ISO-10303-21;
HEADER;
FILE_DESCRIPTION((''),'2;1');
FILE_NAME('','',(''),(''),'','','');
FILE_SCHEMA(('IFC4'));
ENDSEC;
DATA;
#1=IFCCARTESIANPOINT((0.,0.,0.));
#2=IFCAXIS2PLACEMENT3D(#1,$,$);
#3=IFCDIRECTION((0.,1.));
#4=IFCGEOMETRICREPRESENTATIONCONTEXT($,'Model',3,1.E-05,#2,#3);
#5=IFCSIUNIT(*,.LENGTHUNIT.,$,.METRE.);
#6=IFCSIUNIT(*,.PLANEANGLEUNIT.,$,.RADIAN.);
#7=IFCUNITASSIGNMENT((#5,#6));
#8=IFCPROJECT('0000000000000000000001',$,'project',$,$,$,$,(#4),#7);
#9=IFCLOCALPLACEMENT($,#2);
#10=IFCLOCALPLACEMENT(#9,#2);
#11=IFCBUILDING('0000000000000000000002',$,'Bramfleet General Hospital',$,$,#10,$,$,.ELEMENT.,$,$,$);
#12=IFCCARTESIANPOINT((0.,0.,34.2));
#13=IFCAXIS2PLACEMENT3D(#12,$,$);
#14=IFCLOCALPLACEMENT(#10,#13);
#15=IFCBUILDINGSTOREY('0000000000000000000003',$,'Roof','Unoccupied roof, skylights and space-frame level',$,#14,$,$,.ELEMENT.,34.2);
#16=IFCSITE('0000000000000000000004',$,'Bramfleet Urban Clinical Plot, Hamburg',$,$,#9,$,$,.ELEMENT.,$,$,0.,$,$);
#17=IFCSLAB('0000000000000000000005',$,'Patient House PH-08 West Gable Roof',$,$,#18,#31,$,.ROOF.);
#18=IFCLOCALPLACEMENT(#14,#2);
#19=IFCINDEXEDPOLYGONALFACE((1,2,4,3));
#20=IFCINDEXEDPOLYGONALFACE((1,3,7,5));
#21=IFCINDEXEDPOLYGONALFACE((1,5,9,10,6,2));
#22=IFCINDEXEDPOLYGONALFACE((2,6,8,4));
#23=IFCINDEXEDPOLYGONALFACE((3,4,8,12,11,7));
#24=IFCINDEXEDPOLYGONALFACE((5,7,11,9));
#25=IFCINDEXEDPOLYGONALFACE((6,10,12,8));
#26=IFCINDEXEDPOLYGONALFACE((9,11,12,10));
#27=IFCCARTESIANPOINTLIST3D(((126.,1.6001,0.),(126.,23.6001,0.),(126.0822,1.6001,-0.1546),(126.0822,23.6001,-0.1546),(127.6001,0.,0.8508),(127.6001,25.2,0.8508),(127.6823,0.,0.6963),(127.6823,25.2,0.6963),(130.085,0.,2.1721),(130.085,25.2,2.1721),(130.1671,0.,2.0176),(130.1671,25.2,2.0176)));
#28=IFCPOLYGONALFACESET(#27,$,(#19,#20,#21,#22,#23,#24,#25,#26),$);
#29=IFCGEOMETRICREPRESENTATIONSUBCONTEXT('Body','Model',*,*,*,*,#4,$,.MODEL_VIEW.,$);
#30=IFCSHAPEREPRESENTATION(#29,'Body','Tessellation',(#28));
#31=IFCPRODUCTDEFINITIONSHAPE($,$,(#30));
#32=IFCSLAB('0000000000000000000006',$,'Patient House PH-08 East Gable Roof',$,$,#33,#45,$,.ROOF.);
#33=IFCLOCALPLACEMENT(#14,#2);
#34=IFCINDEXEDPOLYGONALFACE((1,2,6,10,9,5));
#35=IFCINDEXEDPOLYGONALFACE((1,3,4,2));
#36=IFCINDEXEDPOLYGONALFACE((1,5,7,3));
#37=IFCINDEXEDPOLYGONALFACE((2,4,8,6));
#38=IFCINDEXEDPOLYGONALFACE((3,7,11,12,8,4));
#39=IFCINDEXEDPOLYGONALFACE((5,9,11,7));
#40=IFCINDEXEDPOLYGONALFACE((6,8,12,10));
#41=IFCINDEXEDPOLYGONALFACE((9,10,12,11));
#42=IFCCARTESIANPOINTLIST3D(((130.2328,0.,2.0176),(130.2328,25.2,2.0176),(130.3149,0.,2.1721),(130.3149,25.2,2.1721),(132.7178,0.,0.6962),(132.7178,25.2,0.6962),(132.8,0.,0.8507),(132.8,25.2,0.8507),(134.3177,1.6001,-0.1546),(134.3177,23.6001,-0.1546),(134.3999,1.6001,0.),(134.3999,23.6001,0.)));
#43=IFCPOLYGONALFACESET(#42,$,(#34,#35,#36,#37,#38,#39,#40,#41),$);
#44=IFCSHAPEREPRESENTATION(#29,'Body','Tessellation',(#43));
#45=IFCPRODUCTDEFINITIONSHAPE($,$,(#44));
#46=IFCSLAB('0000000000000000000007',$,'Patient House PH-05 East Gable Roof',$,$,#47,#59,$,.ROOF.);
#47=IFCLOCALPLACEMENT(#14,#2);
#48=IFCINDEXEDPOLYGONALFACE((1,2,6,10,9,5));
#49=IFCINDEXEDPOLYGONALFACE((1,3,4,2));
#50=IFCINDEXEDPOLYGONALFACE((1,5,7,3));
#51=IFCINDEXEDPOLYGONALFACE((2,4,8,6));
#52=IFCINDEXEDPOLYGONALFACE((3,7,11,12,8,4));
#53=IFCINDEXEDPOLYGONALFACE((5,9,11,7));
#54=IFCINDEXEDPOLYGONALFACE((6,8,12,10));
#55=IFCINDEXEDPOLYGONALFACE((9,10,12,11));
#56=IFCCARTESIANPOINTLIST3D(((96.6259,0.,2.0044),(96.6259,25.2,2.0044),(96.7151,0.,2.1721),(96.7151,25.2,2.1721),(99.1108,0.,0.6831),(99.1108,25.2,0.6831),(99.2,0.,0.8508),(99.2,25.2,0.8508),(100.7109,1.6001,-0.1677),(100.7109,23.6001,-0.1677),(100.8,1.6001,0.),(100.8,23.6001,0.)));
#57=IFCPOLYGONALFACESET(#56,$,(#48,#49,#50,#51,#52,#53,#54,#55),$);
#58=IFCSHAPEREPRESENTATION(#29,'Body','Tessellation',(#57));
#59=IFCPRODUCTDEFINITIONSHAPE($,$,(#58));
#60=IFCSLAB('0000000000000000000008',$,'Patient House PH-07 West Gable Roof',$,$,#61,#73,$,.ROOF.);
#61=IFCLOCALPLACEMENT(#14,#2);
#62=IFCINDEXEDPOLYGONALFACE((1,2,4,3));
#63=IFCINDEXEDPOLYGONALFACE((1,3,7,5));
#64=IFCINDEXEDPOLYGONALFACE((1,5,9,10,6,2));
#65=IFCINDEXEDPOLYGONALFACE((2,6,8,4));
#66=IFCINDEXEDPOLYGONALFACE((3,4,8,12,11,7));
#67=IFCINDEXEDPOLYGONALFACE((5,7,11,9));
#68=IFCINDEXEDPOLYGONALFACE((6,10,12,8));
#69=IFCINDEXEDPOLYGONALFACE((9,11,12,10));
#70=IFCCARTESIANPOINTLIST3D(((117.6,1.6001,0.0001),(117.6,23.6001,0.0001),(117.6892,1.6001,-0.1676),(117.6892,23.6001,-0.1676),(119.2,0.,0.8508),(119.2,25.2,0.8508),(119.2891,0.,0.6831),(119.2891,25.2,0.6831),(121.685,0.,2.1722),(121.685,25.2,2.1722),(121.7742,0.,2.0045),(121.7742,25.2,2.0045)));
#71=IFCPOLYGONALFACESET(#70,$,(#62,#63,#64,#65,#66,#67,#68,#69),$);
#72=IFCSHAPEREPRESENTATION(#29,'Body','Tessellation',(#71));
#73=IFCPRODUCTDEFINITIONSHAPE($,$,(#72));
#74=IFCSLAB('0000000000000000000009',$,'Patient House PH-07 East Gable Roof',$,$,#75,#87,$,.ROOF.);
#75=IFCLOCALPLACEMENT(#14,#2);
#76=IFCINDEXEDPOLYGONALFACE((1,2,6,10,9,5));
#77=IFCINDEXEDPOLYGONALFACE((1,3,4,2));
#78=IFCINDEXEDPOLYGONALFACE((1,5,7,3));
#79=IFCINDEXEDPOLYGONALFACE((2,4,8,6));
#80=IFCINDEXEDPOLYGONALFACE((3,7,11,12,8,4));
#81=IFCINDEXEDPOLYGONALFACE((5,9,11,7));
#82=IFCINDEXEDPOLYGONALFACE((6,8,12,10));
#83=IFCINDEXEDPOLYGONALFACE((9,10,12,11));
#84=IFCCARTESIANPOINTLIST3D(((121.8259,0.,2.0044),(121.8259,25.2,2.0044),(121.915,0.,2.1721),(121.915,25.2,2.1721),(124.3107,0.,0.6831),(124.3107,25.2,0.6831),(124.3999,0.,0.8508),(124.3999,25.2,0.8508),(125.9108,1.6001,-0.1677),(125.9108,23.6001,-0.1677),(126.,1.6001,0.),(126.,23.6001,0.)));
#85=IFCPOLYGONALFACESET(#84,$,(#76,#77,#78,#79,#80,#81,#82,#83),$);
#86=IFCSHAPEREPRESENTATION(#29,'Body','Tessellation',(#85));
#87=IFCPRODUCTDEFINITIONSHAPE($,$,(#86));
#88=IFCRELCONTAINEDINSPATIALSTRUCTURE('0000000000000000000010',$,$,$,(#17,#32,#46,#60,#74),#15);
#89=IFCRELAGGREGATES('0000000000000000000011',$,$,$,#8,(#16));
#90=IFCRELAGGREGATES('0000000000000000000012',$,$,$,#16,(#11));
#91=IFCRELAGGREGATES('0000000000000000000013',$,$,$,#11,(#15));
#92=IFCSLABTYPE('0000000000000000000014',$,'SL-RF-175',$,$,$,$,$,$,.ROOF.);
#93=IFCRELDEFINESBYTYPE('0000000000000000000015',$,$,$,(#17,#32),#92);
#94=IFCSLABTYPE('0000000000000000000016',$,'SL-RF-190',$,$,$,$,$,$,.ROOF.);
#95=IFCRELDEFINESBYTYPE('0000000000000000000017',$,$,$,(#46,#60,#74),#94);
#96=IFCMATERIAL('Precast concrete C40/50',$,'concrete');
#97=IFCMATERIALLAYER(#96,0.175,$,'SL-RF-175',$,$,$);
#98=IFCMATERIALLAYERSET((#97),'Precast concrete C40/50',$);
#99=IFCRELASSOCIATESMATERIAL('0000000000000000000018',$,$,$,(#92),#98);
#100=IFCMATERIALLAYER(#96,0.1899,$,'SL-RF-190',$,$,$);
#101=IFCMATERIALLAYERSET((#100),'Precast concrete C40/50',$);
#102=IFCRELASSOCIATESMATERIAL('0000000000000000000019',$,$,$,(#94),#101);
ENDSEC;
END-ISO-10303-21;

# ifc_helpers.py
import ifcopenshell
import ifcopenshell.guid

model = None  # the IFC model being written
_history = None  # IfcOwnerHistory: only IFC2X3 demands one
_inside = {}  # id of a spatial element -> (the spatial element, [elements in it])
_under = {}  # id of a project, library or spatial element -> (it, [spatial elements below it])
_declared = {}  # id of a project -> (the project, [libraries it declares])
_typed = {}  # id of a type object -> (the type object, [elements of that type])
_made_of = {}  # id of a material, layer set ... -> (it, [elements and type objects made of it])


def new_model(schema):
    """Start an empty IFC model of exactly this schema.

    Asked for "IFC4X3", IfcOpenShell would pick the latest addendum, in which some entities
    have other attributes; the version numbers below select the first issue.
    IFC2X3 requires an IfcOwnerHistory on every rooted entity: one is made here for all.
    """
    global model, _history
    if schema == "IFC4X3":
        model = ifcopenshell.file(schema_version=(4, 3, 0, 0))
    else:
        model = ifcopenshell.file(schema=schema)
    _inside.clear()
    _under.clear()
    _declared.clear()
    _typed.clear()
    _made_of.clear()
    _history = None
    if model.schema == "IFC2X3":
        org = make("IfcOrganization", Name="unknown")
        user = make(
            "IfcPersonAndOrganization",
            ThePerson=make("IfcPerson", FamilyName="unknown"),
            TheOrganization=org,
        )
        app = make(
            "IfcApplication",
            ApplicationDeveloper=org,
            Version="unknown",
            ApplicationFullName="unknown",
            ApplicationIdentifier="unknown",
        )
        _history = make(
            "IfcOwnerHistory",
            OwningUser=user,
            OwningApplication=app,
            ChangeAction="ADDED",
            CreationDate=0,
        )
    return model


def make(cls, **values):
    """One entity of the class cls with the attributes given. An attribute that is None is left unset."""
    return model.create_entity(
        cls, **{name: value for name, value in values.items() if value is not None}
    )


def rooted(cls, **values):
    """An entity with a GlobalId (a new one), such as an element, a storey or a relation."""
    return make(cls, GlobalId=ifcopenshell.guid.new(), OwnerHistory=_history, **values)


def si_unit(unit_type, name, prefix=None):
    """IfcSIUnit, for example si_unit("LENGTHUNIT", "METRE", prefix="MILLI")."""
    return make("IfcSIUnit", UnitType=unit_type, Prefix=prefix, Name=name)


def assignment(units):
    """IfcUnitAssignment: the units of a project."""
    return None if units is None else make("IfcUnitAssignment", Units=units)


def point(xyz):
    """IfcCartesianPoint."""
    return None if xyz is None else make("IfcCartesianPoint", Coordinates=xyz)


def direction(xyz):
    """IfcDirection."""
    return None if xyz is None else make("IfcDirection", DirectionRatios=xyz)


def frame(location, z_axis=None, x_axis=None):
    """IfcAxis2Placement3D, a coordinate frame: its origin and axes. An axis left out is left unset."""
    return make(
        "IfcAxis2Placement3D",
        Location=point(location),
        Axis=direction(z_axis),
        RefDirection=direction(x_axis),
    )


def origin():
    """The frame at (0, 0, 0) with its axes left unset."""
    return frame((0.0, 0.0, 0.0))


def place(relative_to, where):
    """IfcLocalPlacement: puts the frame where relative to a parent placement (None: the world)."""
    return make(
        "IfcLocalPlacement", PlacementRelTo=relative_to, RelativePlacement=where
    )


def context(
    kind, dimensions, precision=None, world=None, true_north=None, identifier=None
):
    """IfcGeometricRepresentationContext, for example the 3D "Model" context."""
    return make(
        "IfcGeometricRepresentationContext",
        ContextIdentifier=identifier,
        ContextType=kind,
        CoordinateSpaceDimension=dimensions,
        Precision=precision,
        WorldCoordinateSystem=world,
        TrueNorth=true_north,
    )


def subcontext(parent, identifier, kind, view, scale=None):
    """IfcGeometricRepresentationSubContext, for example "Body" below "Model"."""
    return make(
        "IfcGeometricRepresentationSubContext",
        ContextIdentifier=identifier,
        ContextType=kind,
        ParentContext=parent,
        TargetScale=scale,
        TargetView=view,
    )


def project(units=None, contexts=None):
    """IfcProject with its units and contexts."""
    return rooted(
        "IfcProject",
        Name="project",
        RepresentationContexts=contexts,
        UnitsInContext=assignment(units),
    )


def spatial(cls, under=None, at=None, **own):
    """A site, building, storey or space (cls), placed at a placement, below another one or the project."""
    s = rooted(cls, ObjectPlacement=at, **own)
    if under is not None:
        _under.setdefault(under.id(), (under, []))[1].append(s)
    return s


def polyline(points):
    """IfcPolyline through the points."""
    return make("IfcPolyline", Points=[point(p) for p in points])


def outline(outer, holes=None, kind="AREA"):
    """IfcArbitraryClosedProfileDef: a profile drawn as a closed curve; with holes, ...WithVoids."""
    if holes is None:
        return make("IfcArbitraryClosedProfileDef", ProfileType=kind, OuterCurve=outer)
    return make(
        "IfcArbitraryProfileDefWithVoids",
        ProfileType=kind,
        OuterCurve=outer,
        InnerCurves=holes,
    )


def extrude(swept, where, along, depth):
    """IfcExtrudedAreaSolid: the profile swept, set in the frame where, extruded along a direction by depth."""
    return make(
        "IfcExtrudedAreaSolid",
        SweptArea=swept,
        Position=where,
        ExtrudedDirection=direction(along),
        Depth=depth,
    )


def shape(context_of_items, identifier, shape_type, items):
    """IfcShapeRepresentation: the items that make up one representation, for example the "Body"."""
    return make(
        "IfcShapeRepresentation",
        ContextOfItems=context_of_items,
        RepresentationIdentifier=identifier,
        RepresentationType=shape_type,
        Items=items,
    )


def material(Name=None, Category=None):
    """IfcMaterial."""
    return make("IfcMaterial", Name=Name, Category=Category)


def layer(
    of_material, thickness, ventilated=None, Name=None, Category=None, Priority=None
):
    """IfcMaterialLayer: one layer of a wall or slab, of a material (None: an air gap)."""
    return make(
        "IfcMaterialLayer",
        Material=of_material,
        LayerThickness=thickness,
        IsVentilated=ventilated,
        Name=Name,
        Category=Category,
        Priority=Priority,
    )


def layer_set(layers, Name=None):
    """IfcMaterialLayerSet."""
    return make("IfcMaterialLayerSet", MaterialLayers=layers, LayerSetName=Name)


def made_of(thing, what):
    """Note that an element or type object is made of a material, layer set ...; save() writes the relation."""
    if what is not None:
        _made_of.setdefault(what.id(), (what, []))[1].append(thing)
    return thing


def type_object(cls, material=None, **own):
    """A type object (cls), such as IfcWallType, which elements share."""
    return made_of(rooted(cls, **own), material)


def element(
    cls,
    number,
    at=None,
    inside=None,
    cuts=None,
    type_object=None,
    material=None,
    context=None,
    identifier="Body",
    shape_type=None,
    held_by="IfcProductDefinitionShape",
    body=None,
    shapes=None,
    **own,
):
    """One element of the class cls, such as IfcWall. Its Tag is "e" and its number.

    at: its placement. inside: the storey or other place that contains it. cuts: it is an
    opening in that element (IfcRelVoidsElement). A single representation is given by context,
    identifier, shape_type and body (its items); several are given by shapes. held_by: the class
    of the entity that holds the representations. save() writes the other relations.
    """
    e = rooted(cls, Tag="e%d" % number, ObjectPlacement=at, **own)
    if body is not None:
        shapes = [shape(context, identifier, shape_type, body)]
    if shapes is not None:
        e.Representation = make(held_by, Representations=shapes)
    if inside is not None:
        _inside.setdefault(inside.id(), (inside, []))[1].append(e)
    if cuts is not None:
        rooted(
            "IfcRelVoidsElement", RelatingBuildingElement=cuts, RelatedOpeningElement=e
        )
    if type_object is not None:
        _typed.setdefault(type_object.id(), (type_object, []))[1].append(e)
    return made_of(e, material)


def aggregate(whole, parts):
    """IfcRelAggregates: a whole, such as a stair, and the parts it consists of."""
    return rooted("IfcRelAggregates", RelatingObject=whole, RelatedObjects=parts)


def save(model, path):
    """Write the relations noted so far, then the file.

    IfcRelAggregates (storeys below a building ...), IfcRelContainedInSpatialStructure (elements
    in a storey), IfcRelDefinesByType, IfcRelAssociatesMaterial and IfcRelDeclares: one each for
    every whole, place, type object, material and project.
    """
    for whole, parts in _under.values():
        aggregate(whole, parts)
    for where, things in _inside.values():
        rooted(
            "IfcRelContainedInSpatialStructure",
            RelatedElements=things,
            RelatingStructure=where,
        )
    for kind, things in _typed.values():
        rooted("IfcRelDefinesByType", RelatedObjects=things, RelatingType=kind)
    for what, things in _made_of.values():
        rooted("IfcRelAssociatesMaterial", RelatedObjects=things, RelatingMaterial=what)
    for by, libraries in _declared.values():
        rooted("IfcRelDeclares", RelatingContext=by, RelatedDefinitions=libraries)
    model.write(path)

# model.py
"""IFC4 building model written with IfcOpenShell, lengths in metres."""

from ifc_helpers import new_model, si_unit, direction, frame, origin, place, context, subcontext, project, spatial, polyline, outline, extrude, material, layer, layer_set, type_object, element, save


model = new_model("IFC4")

# Units and contexts
model_context = context("Model", 3, precision=1e-05, world=origin(), true_north=direction((0.0, 1.0)))
body_context = subcontext(model_context, "Body", "Model", "MODEL_VIEW")
ifc_project = project(units=[si_unit("LENGTHUNIT", "METRE"), si_unit("PLANEANGLEUNIT", "RADIAN")], contexts=[model_context])

# Site, building, storey
site_placement = place(None, origin())
site = spatial("IfcSite", under=ifc_project, at=site_placement, Name="Bramfleet Urban Clinical Plot, Hamburg", CompositionType="ELEMENT", RefElevation=0.0)
building_placement = place(site_placement, origin())
building = spatial("IfcBuilding", under=site, at=building_placement, Name="Bramfleet General Hospital", CompositionType="ELEMENT")
storey_placement = place(building_placement, frame((0.0, 0.0, 34.2)))
storey = spatial("IfcBuildingStorey", under=building, at=storey_placement, Name="Roof", Description="Unoccupied roof, skylights and space-frame level", CompositionType="ELEMENT", Elevation=34.2)

# Slabs
ifc_material_1 = material(Name="Precast concrete C40/50", Category="concrete")
ifc_layer_1 = layer(ifc_material_1, 0.175, Name="SL-RF-175")
ifc_layer_set_1 = layer_set([ifc_layer_1], Name="Precast concrete C40/50")
slab_type_1 = type_object("IfcSlabType", Name="SL-RF-175", PredefinedType="ROOF", material=ifc_layer_set_1)
slab_1_placement = place(storey_placement, frame((127.6001, 0.0, 0.8508), z_axis=(-0.46949, 0.0, 0.882938), x_axis=(0.882938, 0.0, 0.46949)))
element("IfcSlab", 1, at=slab_1_placement, inside=storey, type_object=slab_type_1, Name="Patient House PH-08 West Gable Roof", PredefinedType="ROOF", context=body_context, shape_type="SweptSolid", body=[
    extrude(outline(polyline([(0.0, 0.0), (2.8143, 0.0), (2.8143, 25.2), (0.0, 25.2), (-1.8122, 23.6001), (-1.8122, 1.6001), (0.0, 0.0)])), origin(), (0.0, 0.0, -1.0), 0.175),
])
slab_2_placement = place(storey_placement, frame((130.3149, 0.0, 2.1721), z_axis=(0.469488, 0.0, 0.882939), x_axis=(0.882939, 0.0, -0.469488)))
element("IfcSlab", 2, at=slab_2_placement, inside=storey, type_object=slab_type_1, Name="Patient House PH-08 East Gable Roof", PredefinedType="ROOF", context=body_context, shape_type="SweptSolid", body=[
    extrude(outline(polyline([(0.0, 0.0), (2.8145, 0.0), (4.6266, 1.6001), (4.6266, 23.6001), (2.8145, 25.2), (0.0, 25.2), (0.0, 0.0)])), origin(), (0.0, 0.0, -1.0), 0.175),
])
ifc_layer_2 = layer(ifc_material_1, 0.1899, Name="SL-RF-190")
ifc_layer_set_2 = layer_set([ifc_layer_2], Name="Precast concrete C40/50")
slab_type_2 = type_object("IfcSlabType", Name="SL-RF-190", PredefinedType="ROOF", material=ifc_layer_set_2)
slab_3_placement = place(storey_placement, frame((96.7151, 0.0, 2.1721), z_axis=(0.46949, 0.0, 0.882938), x_axis=(0.882938, 0.0, -0.46949)))
element("IfcSlab", 3, at=slab_3_placement, inside=storey, type_object=slab_type_2, Name="Patient House PH-05 East Gable Roof", PredefinedType="ROOF", context=body_context, shape_type="SweptSolid", body=[
    extrude(outline(polyline([(0.0, 0.0), (2.8143, 0.0), (4.6266, 1.6001), (4.6266, 23.6001), (2.8143, 25.2), (0.0, 25.2), (0.0, 0.0)])), origin(), (0.0, 0.0, -1.0), 0.1899),
])
slab_4_placement = place(storey_placement, frame((119.2, 0.0, 0.8508), z_axis=(-0.469488, 0.0, 0.882939), x_axis=(0.882939, 0.0, 0.469488)))
element("IfcSlab", 4, at=slab_4_placement, inside=storey, type_object=slab_type_2, Name="Patient House PH-07 West Gable Roof", PredefinedType="ROOF", context=body_context, shape_type="SweptSolid", body=[
    extrude(outline(polyline([(0.0, 0.0), (2.8145, 0.0), (2.8145, 25.2), (0.0, 25.2), (-1.812, 23.6001), (-1.812, 1.6001), (0.0, 0.0)])), origin(), (0.0, 0.0, -1.0), 0.1899),
])
slab_5_placement = place(storey_placement, frame((121.915, 0.0, 2.1721), z_axis=(0.46949, 0.0, 0.882938), x_axis=(0.882938, 0.0, -0.46949)))
element("IfcSlab", 5, at=slab_5_placement, inside=storey, type_object=slab_type_2, Name="Patient House PH-07 East Gable Roof", PredefinedType="ROOF", context=body_context, shape_type="SweptSolid", body=[
    extrude(outline(polyline([(0.0, 0.0), (2.8143, 0.0), (4.6266, 1.6001), (4.6266, 23.6001), (2.8143, 25.2), (0.0, 25.2), (0.0, 0.0)])), origin(), (0.0, 0.0, -1.0), 0.1899),
])

save(model, "model.ifc")
